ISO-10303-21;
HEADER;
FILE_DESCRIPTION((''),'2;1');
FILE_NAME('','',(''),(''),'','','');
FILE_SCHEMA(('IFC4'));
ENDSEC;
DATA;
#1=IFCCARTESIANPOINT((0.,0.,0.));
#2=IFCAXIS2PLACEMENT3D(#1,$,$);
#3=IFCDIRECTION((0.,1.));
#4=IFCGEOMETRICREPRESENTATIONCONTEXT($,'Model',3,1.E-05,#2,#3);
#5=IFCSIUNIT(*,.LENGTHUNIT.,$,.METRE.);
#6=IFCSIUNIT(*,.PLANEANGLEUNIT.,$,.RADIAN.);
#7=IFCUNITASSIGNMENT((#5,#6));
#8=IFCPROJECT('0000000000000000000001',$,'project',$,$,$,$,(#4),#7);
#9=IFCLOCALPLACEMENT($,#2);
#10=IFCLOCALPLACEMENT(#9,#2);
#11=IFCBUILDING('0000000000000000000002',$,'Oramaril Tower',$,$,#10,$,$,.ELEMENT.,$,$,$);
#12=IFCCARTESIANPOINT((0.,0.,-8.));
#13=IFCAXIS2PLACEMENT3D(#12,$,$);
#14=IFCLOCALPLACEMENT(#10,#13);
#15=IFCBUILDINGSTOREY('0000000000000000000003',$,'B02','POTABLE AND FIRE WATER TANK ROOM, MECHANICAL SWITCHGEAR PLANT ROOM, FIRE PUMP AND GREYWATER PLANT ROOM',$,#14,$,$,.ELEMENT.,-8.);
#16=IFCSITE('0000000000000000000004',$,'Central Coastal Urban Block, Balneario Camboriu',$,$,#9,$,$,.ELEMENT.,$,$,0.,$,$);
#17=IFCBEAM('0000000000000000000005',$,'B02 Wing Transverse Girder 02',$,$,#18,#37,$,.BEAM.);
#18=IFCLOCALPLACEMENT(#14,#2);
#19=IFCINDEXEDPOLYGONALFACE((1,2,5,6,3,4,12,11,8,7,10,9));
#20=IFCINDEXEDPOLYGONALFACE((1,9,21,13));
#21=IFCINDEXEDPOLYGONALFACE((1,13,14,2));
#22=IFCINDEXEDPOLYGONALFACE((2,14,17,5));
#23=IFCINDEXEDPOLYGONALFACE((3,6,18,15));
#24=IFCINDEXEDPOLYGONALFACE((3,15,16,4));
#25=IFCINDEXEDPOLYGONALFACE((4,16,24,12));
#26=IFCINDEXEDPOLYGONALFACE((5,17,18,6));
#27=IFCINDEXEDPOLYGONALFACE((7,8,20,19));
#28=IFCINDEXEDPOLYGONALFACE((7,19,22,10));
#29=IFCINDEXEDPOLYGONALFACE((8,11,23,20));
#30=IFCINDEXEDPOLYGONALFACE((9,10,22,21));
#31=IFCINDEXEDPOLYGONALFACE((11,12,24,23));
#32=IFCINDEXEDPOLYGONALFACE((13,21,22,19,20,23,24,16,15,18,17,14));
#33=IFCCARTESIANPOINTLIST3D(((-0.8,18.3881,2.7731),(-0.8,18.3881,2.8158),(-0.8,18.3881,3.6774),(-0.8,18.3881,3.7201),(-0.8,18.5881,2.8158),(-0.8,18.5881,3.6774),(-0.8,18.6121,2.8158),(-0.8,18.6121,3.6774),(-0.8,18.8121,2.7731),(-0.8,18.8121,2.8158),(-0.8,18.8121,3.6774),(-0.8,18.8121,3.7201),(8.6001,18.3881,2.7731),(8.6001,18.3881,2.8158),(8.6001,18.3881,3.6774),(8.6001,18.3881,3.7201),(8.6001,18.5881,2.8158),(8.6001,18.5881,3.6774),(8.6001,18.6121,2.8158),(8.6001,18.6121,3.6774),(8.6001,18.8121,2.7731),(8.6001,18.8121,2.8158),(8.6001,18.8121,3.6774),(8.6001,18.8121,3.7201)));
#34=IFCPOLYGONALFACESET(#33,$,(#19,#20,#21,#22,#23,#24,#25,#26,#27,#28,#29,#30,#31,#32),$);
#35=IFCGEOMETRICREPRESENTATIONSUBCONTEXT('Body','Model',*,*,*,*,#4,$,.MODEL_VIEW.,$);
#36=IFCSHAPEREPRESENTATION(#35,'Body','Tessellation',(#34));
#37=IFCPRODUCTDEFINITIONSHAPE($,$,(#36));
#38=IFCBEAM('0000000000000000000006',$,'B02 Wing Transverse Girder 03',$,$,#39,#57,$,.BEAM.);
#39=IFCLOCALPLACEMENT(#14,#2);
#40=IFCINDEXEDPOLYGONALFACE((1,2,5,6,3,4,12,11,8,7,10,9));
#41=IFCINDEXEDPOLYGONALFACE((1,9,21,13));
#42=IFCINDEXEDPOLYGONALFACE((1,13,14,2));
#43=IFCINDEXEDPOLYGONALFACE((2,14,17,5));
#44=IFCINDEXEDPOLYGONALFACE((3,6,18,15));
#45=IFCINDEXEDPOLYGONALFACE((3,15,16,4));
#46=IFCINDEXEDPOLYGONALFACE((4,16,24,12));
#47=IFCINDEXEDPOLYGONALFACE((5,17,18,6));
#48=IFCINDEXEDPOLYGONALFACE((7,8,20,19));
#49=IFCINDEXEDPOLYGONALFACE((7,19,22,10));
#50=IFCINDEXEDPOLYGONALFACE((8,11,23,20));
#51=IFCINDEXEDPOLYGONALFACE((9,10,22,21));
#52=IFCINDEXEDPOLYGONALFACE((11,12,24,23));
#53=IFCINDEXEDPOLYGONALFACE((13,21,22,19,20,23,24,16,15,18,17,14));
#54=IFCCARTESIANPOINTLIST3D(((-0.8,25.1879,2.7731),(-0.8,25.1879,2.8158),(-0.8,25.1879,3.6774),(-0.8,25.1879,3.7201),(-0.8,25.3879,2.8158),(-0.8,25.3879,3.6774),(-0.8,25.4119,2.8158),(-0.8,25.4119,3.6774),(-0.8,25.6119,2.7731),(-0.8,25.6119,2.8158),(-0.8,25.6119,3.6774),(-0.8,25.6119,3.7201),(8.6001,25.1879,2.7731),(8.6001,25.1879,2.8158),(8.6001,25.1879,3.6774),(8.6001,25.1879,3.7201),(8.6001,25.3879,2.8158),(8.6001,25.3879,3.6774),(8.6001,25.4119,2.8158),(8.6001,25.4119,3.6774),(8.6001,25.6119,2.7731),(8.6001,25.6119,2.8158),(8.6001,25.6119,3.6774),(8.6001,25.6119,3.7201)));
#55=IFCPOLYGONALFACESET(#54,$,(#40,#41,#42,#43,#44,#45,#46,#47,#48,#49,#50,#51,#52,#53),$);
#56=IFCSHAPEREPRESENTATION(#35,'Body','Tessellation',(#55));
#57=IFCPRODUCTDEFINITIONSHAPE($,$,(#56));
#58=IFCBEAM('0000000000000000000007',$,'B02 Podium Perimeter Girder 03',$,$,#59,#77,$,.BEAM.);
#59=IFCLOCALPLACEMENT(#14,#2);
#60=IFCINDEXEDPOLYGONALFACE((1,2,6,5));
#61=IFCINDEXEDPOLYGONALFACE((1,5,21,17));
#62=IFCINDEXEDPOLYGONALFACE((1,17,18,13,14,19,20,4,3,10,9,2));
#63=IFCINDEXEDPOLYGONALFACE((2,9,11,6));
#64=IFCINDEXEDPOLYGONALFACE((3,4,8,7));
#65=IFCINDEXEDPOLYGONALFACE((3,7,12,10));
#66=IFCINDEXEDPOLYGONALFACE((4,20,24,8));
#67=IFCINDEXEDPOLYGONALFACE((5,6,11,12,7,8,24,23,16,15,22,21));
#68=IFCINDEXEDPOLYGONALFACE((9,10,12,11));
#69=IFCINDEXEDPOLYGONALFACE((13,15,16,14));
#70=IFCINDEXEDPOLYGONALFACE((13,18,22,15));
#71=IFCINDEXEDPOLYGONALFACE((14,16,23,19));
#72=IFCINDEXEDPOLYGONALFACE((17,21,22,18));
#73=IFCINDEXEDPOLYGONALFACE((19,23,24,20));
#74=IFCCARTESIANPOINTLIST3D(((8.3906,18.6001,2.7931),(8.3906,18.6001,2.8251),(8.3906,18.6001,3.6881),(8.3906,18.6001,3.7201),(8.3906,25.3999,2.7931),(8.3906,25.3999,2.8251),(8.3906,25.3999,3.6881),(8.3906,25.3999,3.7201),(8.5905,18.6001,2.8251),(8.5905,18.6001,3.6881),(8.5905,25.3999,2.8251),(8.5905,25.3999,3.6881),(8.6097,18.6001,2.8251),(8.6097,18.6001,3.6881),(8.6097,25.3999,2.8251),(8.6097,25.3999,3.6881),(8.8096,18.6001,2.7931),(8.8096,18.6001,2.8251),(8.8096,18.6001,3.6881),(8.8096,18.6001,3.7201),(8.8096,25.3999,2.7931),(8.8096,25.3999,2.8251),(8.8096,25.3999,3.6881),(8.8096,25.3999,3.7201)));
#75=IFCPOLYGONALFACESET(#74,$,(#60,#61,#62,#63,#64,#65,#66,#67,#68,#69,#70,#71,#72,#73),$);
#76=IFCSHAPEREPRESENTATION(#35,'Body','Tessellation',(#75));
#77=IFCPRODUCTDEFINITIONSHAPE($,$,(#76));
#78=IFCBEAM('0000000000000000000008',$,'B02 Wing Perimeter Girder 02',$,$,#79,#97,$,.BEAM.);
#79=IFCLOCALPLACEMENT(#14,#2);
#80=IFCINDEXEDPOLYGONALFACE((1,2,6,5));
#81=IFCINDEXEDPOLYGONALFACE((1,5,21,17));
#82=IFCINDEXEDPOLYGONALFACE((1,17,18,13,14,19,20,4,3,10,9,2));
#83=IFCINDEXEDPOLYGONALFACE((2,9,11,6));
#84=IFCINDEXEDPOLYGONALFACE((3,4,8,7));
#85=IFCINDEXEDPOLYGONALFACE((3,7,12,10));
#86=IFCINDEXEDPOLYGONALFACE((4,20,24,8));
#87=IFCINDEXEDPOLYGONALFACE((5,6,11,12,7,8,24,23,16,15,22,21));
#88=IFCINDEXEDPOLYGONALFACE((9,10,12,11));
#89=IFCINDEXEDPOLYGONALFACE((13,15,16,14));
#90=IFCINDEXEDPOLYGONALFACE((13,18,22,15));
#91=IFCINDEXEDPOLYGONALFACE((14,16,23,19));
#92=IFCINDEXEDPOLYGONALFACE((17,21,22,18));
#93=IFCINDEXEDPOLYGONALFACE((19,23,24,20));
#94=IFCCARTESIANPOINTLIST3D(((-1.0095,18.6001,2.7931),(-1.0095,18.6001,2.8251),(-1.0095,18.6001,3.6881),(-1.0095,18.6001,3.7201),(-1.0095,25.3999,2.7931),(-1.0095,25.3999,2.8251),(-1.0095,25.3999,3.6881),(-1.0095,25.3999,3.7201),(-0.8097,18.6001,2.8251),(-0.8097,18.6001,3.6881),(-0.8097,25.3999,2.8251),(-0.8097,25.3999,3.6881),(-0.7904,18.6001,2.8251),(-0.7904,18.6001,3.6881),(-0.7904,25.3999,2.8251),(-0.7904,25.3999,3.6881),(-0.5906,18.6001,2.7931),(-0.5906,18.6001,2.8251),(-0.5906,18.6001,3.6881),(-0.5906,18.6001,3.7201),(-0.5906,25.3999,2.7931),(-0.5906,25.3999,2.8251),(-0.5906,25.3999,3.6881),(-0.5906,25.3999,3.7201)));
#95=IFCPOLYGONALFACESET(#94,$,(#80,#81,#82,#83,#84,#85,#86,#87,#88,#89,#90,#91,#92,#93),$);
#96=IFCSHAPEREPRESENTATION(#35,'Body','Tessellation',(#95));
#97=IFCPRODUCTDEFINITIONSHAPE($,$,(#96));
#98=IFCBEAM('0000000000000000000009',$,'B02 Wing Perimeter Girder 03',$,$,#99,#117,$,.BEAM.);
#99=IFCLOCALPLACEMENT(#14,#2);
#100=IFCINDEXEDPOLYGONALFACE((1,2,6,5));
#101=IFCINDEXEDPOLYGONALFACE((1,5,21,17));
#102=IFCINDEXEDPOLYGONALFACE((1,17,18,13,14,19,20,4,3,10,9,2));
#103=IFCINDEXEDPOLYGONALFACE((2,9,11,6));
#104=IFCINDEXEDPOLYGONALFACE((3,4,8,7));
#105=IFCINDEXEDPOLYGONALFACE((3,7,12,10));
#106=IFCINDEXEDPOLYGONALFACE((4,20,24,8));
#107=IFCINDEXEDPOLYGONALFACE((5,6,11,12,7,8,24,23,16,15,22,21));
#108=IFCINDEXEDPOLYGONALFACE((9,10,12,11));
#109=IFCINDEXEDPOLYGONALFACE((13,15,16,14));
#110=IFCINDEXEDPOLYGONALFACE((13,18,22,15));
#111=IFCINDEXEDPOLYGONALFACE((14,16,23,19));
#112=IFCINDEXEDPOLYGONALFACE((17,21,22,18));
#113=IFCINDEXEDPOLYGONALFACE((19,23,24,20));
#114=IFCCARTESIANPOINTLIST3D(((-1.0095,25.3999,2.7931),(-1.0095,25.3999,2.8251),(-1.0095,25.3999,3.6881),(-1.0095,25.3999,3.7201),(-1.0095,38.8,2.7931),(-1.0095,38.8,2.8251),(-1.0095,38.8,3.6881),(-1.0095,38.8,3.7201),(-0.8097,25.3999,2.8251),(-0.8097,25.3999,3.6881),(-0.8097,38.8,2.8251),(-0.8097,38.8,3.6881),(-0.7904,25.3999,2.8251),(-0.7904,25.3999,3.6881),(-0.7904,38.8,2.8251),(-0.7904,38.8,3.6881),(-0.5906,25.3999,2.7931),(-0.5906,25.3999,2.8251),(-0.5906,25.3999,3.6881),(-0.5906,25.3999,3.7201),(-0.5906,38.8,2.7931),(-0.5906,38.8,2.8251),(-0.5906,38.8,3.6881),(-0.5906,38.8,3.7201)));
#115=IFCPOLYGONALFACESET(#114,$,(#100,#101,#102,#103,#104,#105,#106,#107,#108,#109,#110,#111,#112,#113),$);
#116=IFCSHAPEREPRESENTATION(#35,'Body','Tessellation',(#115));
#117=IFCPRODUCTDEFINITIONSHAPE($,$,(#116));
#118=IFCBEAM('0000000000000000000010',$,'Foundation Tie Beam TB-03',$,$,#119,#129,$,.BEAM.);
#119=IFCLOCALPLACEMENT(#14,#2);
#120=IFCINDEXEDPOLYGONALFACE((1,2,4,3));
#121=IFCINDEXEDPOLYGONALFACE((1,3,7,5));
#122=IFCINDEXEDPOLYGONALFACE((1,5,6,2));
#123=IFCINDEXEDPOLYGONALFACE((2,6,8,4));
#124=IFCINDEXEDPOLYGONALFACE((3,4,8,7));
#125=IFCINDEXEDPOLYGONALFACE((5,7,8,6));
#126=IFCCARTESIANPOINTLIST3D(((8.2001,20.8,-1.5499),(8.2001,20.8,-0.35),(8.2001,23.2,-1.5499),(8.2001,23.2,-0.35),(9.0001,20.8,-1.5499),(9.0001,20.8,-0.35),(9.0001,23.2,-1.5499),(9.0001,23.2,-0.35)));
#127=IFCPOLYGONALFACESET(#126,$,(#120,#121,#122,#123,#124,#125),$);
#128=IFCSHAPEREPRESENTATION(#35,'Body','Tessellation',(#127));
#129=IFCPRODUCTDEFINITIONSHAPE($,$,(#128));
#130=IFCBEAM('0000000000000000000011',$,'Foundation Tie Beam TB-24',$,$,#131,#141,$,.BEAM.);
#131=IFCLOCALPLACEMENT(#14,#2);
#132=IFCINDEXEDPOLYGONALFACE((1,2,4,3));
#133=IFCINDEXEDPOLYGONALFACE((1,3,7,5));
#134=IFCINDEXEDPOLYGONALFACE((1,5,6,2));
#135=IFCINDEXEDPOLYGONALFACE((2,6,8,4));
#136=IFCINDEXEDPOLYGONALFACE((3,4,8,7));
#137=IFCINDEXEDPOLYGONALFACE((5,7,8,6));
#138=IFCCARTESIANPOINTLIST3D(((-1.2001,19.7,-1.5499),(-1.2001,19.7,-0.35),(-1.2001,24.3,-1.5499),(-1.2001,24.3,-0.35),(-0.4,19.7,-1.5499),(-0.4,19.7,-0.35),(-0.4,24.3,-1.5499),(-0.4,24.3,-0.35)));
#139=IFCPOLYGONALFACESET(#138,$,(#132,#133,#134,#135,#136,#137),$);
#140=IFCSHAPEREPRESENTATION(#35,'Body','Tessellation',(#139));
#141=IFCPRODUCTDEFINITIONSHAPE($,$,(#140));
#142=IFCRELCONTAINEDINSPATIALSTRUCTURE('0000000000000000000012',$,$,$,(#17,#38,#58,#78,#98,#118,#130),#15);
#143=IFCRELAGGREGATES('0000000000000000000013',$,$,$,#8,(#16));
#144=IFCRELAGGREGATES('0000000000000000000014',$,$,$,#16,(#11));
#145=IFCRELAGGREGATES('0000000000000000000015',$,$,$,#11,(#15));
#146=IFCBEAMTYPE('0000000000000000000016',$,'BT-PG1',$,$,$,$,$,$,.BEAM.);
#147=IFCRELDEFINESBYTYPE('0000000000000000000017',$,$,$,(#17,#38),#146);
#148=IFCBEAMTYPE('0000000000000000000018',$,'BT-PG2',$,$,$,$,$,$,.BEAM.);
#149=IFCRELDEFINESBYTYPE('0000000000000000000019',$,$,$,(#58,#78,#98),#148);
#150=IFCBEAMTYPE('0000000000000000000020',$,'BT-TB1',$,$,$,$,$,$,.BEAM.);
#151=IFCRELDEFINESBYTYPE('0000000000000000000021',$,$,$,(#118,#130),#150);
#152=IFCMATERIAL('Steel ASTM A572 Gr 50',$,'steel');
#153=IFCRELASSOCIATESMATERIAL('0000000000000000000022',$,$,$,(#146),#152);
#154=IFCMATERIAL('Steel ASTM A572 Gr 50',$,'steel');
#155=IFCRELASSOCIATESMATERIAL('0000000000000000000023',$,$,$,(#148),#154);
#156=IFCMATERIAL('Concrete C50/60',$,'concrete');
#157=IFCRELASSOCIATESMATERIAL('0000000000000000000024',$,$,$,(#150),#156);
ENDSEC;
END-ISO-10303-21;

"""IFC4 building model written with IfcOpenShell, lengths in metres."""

from ifc_helpers import new_model, si_unit, direction, frame, origin, origin_2d, place, context, subcontext, project, spatial, rectangle, i_section, extrude, material, material_profile, profile_set, type_object, element, save


model = new_model("IFC4")

# Units and contexts
model_context = context("Model", 3, precision=1e-05, world=origin(), true_north=direction((0.0, 1.0)))
body_context = subcontext(model_context, "Body", "Model", "MODEL_VIEW")
ifc_project = project(units=[si_unit("LENGTHUNIT", "METRE"), si_unit("PLANEANGLEUNIT", "RADIAN")], contexts=[model_context])

# Site, building, storey
site_placement = place(None, origin())
site = spatial("IfcSite", under=ifc_project, at=site_placement, Name="Central Coastal Urban Block, Balneario Camboriu", CompositionType="ELEMENT", RefElevation=0.0)
building_placement = place(site_placement, origin())
building = spatial("IfcBuilding", under=site, at=building_placement, Name="Oramaril Tower", CompositionType="ELEMENT")
storey_placement = place(building_placement, frame((0.0, 0.0, -8.0)))
storey = spatial("IfcBuildingStorey", under=building, at=storey_placement, Name="B02", Description="POTABLE AND FIRE WATER TANK ROOM, MECHANICAL SWITCHGEAR PLANT ROOM, FIRE PUMP AND GREYWATER PLANT ROOM", CompositionType="ELEMENT", Elevation=-8.0)

# Beams
ifc_material_1 = material(Name="Steel ASTM A572 Gr 50", Category="steel")
ifc_material_profile_1 = material_profile(ifc_material_1, i_section(OverallWidth=0.4241, OverallDepth=0.947, WebThickness=0.0239, FlangeThickness=0.0427, at=origin_2d()), Name="W36X302")
ifc_profile_set_1 = profile_set([ifc_material_profile_1], Name="Steel ASTM A572 Gr 50")
beam_type_1 = type_object("IfcBeamType", Name="BT-PG1", PredefinedType="BEAM", material=ifc_profile_set_1)
for number, where, z_axis, x_axis, name in (
    (1, (-0.8, 18.6001, 3.2466), (1.0, 0.0, 0.0), (0.0, 1.0, 0.0), "B02 Wing Transverse Girder 02"),
    (2, (-0.8, 25.3999, 3.2466), (1.0, 0.0, 0.0), (0.0, 1.0, 0.0), "B02 Wing Transverse Girder 03"),
):
    element("IfcBeam", number, at=place(storey_placement, frame(where, z_axis=z_axis, x_axis=x_axis)), inside=storey, type_object=beam_type_1, Name=name, PredefinedType="BEAM", context=body_context, shape_type="SweptSolid", body=[
        extrude(i_section(OverallWidth=0.4241, OverallDepth=0.947, WebThickness=0.0239, FlangeThickness=0.0427, at=origin_2d()), origin(), (0.0, 0.0, 1.0), 9.4001),
    ])
ifc_material_2 = material(Name="Steel ASTM A572 Gr 50", Category="steel")
ifc_material_profile_2 = material_profile(ifc_material_2, i_section(OverallWidth=0.4189, OverallDepth=0.927, WebThickness=0.0193, FlangeThickness=0.032, at=origin_2d()), Name="W36X231")
ifc_profile_set_2 = profile_set([ifc_material_profile_2], Name="Steel ASTM A572 Gr 50")
beam_type_2 = type_object("IfcBeamType", Name="BT-PG2", PredefinedType="BEAM", material=ifc_profile_set_2)
for number, where, z_axis, x_axis, name in (
    (3, (8.6001, 18.6001, 3.2566), (0.0, 1.0, 0.0), (-1.0, 0.0, 0.0), "B02 Podium Perimeter Girder 03"),
    (4, (-0.8, 18.6001, 3.2566), (0.0, 1.0, 0.0), (-1.0, 0.0, 0.0), "B02 Wing Perimeter Girder 02"),
):
    element("IfcBeam", number, at=place(storey_placement, frame(where, z_axis=z_axis, x_axis=x_axis)), inside=storey, type_object=beam_type_2, Name=name, PredefinedType="BEAM", context=body_context, shape_type="SweptSolid", body=[
        extrude(i_section(OverallWidth=0.4189, OverallDepth=0.927, WebThickness=0.0193, FlangeThickness=0.032, at=origin_2d()), origin(), (0.0, 0.0, 1.0), 6.7998),
    ])
beam_1_placement = place(storey_placement, frame((-0.8, 25.3999, 3.2566), z_axis=(0.0, 1.0, 0.0), x_axis=(-1.0, 0.0, 0.0)))
element("IfcBeam", 5, at=beam_1_placement, inside=storey, type_object=beam_type_2, Name="B02 Wing Perimeter Girder 03", PredefinedType="BEAM", context=body_context, shape_type="SweptSolid", body=[
    extrude(i_section(OverallWidth=0.4189, OverallDepth=0.927, WebThickness=0.0193, FlangeThickness=0.032, at=origin_2d()), origin(), (0.0, 0.0, 1.0), 13.4001),
])
ifc_material_3 = material(Name="Concrete C50/60", Category="concrete")
ifc_material_profile_3 = material_profile(ifc_material_3, rectangle(XDim=0.8, YDim=1.2, at=origin_2d()), Name="TB800X1200")
ifc_profile_set_3 = profile_set([ifc_material_profile_3], Name="Concrete C50/60")
beam_type_3 = type_object("IfcBeamType", Name="BT-TB1", PredefinedType="BEAM", material=ifc_profile_set_3)
beam_2_placement = place(storey_placement, frame((8.6001, 20.8, -0.95), z_axis=(0.0, 1.0, 0.0), x_axis=(-1.0, 0.0, 0.0)))
element("IfcBeam", 6, at=beam_2_placement, inside=storey, type_object=beam_type_3, Name="Foundation Tie Beam TB-03", PredefinedType="BEAM", context=body_context, shape_type="SweptSolid", body=[
    extrude(rectangle(XDim=0.8, YDim=1.2, at=origin_2d()), origin(), (0.0, 0.0, 1.0), 2.3999),
])
beam_3_placement = place(storey_placement, frame((-0.8, 19.7, -0.95), z_axis=(0.0, 1.0, 0.0), x_axis=(-1.0, 0.0, 0.0)))
element("IfcBeam", 7, at=beam_3_placement, inside=storey, type_object=beam_type_3, Name="Foundation Tie Beam TB-24", PredefinedType="BEAM", context=body_context, shape_type="SweptSolid", body=[
    extrude(rectangle(XDim=0.8, YDim=1.2, at=origin_2d()), origin(), (0.0, 0.0, 1.0), 4.6001),
])

save(model, "model.ifc")
